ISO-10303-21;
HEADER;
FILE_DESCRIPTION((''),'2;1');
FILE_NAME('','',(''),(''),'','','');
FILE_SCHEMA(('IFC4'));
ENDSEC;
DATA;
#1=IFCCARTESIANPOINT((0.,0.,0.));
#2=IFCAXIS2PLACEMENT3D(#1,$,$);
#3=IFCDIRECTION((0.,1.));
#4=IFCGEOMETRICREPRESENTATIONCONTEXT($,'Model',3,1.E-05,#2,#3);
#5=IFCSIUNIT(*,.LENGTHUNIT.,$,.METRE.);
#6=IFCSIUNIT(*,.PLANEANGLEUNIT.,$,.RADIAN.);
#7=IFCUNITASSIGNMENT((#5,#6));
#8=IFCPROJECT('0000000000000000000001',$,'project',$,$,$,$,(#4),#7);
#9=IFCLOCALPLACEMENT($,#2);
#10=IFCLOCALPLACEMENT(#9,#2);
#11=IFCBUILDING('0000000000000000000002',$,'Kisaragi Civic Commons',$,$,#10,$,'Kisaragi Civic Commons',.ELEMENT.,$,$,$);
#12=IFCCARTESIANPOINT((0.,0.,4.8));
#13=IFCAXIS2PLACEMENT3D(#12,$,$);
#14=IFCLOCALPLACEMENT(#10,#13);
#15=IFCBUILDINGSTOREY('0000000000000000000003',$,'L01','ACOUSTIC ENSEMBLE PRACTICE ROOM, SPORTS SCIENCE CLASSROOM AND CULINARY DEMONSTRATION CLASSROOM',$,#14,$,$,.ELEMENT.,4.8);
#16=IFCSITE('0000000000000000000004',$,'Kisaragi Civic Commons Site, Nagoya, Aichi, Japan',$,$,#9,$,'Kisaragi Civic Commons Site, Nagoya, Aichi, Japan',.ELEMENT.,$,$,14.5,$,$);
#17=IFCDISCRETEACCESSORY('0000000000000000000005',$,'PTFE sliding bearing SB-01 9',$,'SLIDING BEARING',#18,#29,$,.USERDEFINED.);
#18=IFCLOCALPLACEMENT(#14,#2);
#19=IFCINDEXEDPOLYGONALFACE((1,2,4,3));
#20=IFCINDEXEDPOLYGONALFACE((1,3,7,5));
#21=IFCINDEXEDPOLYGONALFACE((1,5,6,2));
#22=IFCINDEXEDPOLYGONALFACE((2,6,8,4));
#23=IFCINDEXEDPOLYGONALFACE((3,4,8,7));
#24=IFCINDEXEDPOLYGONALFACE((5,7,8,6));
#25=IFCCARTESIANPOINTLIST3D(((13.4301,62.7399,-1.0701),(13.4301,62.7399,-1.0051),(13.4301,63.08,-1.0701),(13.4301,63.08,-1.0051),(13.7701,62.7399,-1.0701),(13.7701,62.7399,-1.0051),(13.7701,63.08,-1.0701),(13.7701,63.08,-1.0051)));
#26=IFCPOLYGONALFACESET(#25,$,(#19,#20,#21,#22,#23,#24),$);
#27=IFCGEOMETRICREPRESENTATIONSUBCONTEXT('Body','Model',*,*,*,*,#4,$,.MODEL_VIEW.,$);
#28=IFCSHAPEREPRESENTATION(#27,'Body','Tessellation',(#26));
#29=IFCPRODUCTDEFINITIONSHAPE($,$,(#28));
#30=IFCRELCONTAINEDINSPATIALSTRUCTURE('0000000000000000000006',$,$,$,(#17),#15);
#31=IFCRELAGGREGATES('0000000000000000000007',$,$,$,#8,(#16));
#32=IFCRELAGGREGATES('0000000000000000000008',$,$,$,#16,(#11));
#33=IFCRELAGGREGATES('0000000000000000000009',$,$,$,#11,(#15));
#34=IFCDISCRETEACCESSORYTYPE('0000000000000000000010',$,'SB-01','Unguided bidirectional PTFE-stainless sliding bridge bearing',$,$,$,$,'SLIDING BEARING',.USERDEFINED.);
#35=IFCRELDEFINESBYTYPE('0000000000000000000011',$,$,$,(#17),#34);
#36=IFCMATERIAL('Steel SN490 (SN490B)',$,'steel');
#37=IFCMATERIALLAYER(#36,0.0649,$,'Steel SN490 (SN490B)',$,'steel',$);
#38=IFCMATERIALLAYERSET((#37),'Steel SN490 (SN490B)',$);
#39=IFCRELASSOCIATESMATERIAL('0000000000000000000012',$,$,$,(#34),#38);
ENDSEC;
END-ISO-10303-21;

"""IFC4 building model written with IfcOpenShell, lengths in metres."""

from ifc_helpers import new_model, si_unit, direction, frame, origin, origin_2d, place, context, subcontext, project, spatial, rectangle, extrude, material, layer, layer_set, type_object, element, save


model = new_model("IFC4")

# Units and contexts
model_context = context("Model", 3, precision=1e-05, world=origin(), true_north=direction((0.0, 1.0)))
body_context = subcontext(model_context, "Body", "Model", "MODEL_VIEW")
ifc_project = project(units=[si_unit("LENGTHUNIT", "METRE"), si_unit("PLANEANGLEUNIT", "RADIAN")], contexts=[model_context])

# Site, building, storey
site_placement = place(None, origin())
site = spatial("IfcSite", under=ifc_project, at=site_placement, Name="Kisaragi Civic Commons Site, Nagoya, Aichi, Japan", LongName="Kisaragi Civic Commons Site, Nagoya, Aichi, Japan", CompositionType="ELEMENT", RefElevation=14.5)
building_placement = place(site_placement, origin())
building = spatial("IfcBuilding", under=site, at=building_placement, Name="Kisaragi Civic Commons", LongName="Kisaragi Civic Commons", CompositionType="ELEMENT")
storey_placement = place(building_placement, frame((0.0, 0.0, 4.8)))
storey = spatial("IfcBuildingStorey", under=building, at=storey_placement, Name="L01", Description="ACOUSTIC ENSEMBLE PRACTICE ROOM, SPORTS SCIENCE CLASSROOM AND CULINARY DEMONSTRATION CLASSROOM", CompositionType="ELEMENT", Elevation=4.8)

# Discrete accessory
ifc_material_1 = material(Name="Steel SN490 (SN490B)", Category="steel")
ifc_layer_1 = layer(ifc_material_1, 0.0649, Name="Steel SN490 (SN490B)", Category="steel")
ifc_layer_set_1 = layer_set([ifc_layer_1], Name="Steel SN490 (SN490B)")
discrete_accessory_type = type_object("IfcDiscreteAccessoryType", Name="SB-01", Description="Unguided bidirectional PTFE-stainless sliding bridge bearing", ElementType="SLIDING BEARING", PredefinedType="USERDEFINED", material=ifc_layer_set_1)
discrete_accessory_placement = place(storey_placement, frame((13.6001, 62.9099, -1.0701), z_axis=(0.0, 0.0, 1.0), x_axis=(1.0, 0.0, 0.0)))
element("IfcDiscreteAccessory", 1, at=discrete_accessory_placement, inside=storey, type_object=discrete_accessory_type, Name="PTFE sliding bearing SB-01 9", ObjectType="SLIDING BEARING", PredefinedType="USERDEFINED", context=body_context, shape_type="SweptSolid", body=[
    extrude(rectangle(XDim=0.3401, YDim=0.3401, at=origin_2d()), origin(), (0.0, 0.0, 1.0), 0.0649),
])

save(model, "model.ifc")
